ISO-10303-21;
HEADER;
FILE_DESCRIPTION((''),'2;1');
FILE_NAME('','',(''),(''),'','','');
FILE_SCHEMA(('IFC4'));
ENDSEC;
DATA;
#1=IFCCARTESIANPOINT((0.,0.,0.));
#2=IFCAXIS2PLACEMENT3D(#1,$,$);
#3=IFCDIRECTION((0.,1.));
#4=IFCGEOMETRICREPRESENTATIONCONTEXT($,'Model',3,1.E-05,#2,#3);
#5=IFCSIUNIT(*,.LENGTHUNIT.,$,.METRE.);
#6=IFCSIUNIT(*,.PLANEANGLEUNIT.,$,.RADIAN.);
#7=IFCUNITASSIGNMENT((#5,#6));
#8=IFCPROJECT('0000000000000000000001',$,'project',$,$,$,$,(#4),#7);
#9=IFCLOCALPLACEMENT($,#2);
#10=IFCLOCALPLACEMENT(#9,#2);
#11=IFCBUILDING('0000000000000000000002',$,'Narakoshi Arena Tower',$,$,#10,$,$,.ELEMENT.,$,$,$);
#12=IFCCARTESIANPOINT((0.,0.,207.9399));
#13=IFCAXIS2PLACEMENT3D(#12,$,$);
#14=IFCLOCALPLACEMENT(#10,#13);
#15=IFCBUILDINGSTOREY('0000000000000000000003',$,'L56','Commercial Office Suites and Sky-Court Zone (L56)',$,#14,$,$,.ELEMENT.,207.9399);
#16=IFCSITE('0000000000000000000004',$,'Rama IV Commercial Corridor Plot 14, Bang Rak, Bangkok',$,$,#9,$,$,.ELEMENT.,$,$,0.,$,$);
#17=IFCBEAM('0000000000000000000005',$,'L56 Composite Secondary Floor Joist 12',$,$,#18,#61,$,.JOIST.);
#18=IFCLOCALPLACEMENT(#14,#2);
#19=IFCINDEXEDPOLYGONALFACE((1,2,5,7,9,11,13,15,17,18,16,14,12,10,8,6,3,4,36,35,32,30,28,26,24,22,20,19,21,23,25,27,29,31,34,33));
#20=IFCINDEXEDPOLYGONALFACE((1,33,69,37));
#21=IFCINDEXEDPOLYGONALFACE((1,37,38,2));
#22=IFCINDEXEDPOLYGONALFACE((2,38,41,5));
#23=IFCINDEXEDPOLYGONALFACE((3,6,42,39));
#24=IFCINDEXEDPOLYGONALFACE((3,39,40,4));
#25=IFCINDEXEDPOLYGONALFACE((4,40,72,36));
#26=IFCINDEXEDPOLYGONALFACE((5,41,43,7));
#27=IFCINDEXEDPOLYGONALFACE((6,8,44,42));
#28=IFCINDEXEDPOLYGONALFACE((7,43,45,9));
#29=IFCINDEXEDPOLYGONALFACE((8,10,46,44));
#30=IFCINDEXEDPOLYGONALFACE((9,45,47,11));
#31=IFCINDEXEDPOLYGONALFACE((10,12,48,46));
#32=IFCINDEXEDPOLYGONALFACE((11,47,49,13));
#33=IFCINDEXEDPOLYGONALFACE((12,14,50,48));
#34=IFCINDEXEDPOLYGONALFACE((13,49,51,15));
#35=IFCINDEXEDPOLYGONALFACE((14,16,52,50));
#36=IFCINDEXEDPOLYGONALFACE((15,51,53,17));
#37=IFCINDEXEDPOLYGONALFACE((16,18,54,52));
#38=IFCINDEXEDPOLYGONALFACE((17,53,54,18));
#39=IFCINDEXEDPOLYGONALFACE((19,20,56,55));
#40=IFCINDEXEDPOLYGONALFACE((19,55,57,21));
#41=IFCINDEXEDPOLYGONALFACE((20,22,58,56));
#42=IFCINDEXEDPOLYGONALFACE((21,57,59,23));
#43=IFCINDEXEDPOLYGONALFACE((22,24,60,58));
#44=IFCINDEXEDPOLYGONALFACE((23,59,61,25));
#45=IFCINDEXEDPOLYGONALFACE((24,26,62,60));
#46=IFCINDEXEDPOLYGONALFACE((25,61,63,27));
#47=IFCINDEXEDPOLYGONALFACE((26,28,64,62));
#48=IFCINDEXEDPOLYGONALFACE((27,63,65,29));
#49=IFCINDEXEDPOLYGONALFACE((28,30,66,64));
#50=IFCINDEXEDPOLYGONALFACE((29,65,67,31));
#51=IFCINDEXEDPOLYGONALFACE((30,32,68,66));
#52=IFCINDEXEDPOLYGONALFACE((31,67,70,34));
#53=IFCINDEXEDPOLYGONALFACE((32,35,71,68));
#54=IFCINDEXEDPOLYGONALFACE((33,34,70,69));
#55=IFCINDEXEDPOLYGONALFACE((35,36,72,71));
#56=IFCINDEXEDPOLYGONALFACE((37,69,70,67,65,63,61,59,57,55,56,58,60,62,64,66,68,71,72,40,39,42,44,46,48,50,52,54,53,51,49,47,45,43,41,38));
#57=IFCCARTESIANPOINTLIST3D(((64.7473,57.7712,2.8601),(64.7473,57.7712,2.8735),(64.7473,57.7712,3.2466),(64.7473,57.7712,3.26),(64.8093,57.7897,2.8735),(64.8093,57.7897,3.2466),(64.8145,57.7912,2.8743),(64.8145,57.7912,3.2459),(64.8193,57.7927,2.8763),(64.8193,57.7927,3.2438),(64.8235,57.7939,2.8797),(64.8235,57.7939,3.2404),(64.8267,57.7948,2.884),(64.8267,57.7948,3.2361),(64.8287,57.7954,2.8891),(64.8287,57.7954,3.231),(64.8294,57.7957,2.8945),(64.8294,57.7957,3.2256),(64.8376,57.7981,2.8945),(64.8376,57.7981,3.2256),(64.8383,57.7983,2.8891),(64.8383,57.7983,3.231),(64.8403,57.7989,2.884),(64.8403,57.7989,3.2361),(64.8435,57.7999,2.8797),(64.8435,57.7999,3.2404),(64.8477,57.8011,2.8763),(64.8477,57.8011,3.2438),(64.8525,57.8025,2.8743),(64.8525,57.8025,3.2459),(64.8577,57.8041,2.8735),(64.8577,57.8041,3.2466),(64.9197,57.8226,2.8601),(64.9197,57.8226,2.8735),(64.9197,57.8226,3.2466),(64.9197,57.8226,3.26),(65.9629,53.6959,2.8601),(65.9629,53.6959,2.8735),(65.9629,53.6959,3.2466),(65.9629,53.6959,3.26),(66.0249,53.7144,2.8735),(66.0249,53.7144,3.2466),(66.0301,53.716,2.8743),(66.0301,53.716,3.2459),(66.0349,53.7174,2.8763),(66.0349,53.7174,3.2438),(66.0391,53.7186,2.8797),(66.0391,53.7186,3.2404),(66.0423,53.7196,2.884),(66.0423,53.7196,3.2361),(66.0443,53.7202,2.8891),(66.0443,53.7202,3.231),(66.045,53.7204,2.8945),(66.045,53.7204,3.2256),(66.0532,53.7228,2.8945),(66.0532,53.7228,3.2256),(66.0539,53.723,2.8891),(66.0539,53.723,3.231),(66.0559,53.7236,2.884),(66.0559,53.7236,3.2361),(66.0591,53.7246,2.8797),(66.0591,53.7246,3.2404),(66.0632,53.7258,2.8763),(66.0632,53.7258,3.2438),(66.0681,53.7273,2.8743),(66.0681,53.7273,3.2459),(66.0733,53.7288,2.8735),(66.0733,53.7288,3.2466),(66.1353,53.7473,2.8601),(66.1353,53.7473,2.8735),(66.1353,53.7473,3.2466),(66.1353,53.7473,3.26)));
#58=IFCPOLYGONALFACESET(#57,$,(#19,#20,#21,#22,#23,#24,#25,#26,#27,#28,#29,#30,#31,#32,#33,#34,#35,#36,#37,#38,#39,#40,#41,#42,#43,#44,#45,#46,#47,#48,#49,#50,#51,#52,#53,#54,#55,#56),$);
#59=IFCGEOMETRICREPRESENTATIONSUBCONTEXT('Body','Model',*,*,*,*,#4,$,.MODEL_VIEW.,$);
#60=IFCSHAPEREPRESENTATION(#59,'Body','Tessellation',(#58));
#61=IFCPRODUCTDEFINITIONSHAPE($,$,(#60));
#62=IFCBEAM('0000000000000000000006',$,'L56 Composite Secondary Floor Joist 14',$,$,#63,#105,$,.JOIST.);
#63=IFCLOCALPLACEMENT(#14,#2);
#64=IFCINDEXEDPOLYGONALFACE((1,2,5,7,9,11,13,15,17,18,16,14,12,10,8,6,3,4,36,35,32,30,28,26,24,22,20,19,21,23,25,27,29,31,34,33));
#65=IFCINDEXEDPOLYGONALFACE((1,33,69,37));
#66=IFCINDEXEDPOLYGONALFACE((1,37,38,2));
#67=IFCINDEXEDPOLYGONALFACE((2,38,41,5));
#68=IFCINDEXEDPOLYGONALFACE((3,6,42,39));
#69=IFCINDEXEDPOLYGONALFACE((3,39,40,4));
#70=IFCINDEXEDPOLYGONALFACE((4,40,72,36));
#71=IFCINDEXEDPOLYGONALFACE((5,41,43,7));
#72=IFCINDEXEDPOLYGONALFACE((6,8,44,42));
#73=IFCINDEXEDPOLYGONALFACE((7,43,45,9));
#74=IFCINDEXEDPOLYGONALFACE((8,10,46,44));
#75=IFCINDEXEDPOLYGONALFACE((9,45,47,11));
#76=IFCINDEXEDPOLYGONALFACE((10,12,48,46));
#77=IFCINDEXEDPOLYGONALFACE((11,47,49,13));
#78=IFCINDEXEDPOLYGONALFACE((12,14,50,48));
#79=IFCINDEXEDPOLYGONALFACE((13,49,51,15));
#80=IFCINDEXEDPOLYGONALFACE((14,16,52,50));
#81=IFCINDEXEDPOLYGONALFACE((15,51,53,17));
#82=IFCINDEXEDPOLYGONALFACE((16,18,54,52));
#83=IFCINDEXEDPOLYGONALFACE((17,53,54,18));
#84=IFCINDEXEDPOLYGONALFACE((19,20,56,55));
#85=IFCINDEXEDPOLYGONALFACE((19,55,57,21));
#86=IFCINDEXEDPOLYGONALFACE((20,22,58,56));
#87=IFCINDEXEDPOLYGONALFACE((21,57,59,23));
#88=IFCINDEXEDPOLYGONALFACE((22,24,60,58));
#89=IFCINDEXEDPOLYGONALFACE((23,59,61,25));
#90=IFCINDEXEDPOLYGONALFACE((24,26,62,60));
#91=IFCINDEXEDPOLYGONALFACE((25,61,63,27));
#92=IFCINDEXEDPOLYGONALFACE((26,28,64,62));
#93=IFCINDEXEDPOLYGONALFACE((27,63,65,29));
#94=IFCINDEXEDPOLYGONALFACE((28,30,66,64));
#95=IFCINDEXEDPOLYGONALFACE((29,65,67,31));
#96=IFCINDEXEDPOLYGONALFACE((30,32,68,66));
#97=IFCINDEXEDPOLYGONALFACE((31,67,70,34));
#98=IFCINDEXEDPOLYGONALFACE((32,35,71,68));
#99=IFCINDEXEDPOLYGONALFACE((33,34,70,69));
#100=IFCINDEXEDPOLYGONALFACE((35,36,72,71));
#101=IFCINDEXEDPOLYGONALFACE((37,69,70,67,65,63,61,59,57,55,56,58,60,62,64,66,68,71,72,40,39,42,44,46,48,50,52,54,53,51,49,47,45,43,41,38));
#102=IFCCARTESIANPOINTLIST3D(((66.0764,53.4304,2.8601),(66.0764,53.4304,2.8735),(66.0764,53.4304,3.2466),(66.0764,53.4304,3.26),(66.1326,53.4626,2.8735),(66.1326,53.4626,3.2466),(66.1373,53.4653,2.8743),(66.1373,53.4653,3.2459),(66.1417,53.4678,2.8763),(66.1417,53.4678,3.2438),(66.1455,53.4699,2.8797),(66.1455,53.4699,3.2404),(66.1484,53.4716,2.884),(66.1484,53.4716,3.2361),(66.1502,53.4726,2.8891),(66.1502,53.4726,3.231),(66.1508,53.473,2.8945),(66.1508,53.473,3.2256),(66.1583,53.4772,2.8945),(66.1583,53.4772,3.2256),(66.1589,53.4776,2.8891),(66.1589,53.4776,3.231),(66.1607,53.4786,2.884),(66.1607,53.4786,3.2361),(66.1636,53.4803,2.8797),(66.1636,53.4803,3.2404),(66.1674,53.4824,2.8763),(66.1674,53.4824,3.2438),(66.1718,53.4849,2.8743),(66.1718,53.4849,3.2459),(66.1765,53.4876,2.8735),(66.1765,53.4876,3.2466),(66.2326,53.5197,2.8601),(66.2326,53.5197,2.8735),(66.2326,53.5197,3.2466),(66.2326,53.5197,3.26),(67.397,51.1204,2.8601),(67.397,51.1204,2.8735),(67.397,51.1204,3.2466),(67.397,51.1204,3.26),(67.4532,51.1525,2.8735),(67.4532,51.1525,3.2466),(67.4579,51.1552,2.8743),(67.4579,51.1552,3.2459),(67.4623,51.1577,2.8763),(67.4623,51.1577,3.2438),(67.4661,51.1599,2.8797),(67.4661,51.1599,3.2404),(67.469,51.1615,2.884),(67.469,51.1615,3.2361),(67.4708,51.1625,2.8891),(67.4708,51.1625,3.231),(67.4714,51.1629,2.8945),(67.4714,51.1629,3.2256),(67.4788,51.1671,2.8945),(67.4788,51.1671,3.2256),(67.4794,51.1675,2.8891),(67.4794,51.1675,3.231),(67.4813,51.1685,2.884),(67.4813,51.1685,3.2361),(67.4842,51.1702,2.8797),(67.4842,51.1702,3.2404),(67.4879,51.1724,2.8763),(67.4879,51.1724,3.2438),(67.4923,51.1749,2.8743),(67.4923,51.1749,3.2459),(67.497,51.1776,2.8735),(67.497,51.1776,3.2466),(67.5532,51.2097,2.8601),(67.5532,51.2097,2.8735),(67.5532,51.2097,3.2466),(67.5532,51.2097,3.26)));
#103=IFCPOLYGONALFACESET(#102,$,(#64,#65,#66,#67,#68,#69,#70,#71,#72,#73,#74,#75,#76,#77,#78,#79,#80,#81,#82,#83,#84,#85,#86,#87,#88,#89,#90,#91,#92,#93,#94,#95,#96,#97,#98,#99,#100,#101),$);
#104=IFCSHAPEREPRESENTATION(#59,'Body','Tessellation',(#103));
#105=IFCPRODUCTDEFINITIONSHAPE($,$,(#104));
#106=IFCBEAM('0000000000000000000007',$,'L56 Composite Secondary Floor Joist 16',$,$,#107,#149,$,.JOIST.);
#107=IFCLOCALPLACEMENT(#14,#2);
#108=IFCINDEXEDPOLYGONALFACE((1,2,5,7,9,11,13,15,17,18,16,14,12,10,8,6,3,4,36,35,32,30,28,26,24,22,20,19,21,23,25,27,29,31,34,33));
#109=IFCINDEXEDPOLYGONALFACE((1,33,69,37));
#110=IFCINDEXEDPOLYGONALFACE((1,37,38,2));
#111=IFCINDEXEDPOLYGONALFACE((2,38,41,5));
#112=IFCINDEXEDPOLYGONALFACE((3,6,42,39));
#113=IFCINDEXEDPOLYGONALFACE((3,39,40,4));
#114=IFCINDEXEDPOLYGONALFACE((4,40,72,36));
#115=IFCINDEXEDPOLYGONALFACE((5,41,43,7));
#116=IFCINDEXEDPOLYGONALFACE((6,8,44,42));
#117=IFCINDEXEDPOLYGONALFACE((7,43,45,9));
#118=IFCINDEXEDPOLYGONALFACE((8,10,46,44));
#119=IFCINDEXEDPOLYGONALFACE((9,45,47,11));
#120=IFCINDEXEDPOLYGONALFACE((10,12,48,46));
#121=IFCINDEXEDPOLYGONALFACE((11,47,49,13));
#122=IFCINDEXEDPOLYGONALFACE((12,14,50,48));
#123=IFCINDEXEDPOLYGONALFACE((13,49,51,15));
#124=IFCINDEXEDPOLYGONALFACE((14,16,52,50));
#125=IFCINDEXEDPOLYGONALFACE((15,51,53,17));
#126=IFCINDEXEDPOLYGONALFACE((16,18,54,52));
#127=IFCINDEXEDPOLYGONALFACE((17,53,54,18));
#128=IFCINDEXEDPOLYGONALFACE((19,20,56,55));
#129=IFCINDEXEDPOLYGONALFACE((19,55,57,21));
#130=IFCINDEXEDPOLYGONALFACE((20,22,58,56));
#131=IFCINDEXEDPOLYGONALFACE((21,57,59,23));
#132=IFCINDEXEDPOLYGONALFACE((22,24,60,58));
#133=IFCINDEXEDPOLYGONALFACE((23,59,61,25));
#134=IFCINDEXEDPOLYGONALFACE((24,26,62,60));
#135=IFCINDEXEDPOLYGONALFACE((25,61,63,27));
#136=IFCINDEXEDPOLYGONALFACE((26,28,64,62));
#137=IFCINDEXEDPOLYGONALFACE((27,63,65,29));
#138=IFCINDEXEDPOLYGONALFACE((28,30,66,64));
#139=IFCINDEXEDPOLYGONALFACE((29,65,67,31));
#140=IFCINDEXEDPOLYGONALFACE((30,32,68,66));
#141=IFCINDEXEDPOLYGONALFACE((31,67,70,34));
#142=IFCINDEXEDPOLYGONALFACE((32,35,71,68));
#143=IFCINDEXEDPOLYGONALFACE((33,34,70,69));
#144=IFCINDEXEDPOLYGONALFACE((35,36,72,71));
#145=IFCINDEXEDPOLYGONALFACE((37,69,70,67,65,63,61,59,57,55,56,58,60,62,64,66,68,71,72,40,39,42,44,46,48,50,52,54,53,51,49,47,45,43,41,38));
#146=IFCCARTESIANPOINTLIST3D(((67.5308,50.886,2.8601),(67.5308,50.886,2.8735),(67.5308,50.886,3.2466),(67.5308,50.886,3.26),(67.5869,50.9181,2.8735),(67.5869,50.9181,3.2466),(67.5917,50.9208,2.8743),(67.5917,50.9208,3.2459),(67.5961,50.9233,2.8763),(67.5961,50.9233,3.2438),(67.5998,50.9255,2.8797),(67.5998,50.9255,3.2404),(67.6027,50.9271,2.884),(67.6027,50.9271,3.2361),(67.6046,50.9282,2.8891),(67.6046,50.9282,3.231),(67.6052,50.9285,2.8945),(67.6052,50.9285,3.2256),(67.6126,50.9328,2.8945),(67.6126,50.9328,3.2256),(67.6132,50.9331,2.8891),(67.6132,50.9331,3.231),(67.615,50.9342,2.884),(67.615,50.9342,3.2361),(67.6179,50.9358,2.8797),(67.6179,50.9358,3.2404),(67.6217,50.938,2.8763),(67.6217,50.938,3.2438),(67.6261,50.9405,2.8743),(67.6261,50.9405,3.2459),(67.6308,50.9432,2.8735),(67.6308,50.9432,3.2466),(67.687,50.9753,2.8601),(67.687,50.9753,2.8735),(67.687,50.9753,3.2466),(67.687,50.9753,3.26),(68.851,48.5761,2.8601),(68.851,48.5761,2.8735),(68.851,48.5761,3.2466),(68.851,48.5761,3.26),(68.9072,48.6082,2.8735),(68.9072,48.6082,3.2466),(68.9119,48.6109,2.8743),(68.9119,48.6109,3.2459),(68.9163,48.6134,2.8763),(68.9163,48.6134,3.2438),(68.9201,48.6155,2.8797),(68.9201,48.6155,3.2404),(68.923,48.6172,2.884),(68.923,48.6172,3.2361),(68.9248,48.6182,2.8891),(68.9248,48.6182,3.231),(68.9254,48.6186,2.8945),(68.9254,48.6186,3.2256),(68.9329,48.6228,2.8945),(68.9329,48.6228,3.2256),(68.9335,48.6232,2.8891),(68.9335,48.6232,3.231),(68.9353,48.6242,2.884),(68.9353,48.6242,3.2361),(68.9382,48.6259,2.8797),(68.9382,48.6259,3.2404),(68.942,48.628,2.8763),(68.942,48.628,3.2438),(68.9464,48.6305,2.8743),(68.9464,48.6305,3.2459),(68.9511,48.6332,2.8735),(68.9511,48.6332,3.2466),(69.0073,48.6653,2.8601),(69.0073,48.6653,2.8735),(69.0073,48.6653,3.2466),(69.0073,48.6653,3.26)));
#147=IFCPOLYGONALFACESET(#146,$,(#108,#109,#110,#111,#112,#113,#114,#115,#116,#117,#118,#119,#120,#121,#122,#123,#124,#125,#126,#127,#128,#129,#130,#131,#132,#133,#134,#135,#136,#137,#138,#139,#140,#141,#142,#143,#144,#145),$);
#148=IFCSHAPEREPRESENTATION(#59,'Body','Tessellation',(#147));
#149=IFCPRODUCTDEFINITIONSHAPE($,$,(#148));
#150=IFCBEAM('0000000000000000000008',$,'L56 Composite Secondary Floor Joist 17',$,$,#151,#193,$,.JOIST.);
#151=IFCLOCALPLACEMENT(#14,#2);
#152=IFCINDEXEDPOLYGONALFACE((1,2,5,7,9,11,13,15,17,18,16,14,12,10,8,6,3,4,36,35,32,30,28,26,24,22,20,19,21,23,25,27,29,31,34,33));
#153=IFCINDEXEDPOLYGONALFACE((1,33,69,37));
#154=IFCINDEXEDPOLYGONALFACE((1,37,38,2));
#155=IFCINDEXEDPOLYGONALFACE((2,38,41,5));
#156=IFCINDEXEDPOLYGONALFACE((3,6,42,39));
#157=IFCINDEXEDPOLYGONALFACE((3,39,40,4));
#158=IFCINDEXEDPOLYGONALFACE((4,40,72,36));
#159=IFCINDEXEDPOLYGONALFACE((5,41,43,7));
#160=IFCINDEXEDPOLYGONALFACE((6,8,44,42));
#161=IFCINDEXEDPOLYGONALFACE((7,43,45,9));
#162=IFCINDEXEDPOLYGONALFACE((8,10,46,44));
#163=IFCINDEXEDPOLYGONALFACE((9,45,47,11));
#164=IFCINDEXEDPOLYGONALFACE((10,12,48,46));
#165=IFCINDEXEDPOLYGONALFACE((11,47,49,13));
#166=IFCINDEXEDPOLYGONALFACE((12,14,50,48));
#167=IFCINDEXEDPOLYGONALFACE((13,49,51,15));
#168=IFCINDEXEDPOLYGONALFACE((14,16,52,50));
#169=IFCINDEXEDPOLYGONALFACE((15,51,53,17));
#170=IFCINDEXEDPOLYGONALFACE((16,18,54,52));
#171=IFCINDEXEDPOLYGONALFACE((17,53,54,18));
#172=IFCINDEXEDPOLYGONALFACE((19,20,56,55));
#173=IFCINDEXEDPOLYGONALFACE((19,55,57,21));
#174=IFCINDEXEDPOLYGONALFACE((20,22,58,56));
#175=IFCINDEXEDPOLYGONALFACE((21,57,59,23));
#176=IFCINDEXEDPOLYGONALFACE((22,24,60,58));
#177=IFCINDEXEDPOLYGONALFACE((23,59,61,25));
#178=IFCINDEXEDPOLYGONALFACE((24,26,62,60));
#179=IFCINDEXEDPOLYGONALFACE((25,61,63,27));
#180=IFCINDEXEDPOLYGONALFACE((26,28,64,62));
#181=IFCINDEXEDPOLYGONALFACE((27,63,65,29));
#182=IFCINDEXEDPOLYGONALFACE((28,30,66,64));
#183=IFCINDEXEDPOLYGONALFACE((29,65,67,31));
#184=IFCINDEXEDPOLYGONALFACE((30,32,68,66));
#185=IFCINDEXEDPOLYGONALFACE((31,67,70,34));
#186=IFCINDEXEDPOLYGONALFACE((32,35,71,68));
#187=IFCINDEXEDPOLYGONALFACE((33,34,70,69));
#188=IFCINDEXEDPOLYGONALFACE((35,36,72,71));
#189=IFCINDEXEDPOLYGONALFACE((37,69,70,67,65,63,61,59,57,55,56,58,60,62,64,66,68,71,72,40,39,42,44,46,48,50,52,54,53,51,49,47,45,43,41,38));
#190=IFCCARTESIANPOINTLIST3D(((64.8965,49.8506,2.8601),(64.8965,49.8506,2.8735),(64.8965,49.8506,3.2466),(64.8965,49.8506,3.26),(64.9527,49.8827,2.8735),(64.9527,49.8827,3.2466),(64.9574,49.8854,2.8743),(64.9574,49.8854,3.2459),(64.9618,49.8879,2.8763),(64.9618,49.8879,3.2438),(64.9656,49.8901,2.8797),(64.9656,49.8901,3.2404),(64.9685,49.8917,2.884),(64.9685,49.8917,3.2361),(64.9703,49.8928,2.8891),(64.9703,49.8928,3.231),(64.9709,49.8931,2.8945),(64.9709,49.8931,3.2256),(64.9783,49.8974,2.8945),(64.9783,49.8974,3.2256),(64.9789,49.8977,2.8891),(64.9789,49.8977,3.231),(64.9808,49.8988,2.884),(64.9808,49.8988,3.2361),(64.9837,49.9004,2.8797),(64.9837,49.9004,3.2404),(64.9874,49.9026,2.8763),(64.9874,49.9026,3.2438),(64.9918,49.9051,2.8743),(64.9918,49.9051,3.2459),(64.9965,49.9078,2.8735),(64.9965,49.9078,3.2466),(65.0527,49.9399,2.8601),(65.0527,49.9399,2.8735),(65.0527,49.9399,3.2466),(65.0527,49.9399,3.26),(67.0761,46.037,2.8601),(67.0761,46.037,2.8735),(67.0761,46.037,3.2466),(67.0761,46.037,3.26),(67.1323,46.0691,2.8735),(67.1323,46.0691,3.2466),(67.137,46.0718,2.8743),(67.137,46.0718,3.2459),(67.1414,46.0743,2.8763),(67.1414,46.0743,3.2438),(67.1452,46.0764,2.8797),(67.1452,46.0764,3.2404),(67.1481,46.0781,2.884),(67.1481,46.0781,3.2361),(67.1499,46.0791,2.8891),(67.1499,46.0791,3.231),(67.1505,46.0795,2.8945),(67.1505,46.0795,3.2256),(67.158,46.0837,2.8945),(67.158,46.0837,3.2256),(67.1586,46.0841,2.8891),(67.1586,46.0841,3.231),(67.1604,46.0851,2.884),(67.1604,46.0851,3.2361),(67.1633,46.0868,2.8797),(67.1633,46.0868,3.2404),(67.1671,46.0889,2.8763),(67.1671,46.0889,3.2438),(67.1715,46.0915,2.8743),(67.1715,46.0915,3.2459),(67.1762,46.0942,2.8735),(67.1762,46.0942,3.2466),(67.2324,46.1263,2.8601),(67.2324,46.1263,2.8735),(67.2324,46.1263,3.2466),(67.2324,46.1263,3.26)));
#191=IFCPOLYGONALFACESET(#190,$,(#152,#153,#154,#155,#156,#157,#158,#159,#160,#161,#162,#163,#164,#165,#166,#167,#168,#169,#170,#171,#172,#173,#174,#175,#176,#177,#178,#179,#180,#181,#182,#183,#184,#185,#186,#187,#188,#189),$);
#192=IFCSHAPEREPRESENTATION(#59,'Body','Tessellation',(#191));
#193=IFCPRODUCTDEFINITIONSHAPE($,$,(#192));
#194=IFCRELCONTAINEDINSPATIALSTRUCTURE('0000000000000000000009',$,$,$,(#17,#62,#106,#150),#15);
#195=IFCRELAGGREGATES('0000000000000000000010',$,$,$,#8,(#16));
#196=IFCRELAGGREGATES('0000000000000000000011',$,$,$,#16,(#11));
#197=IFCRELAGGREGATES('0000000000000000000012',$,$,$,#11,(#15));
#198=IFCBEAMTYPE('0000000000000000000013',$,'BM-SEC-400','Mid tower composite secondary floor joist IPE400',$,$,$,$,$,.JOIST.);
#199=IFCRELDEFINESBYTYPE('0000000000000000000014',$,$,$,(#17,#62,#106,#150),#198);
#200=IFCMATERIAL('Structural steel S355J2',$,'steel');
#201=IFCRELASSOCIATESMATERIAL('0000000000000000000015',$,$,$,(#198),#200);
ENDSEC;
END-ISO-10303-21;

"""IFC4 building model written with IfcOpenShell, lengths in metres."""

from ifc_helpers import new_model, si_unit, direction, frame, origin, origin_2d, place, context, subcontext, project, spatial, i_section, extrude, material, material_profile, profile_set, type_object, element, save


model = new_model("IFC4")

# Units and contexts
model_context = context("Model", 3, precision=1e-05, world=origin(), true_north=direction((0.0, 1.0)))
body_context = subcontext(model_context, "Body", "Model", "MODEL_VIEW")
ifc_project = project(units=[si_unit("LENGTHUNIT", "METRE"), si_unit("PLANEANGLEUNIT", "RADIAN")], contexts=[model_context])

# Site, building, storey
site_placement = place(None, origin())
site = spatial("IfcSite", under=ifc_project, at=site_placement, Name="Rama IV Commercial Corridor Plot 14, Bang Rak, Bangkok", CompositionType="ELEMENT", RefElevation=0.0)
building_placement = place(site_placement, origin())
building = spatial("IfcBuilding", under=site, at=building_placement, Name="Narakoshi Arena Tower", CompositionType="ELEMENT")
storey_placement = place(building_placement, frame((0.0, 0.0, 207.9399)))
storey = spatial("IfcBuildingStorey", under=building, at=storey_placement, Name="L56", Description="Commercial Office Suites and Sky-Court Zone (L56)", CompositionType="ELEMENT", Elevation=207.9399)

# Beams
ifc_material_1 = material(Name="Structural steel S355J2", Category="steel")
ifc_material_profile_1 = material_profile(ifc_material_1, i_section(OverallWidth=0.1799, OverallDepth=0.3999, WebThickness=0.0085, FlangeThickness=0.0134, FilletRadius=0.021, at=origin_2d()), Name="IPE400")
ifc_profile_set_1 = profile_set([ifc_material_profile_1], Name="Structural steel S355J2")
beam_type_1 = type_object("IfcBeamType", Name="BM-SEC-400", Description="Mid tower composite secondary floor joist IPE400", PredefinedType="JOIST", material=ifc_profile_set_1)
beam_1_placement = place(storey_placement, frame((64.8335, 57.7969, 3.0601), z_axis=(0.285841, -0.958277, 0.0), x_axis=(0.958277, 0.285841, 0.0)))
element("IfcBeam", 1, at=beam_1_placement, inside=storey, type_object=beam_type_1, Name="L56 Composite Secondary Floor Joist 12", PredefinedType="JOIST", context=body_context, shape_type="SweptSolid", body=[
    extrude(i_section(OverallWidth=0.1799, OverallDepth=0.3999, WebThickness=0.0085, FlangeThickness=0.0134, FilletRadius=0.021, at=origin_2d()), origin(), (0.0, 0.0, 1.0), 4.2527),
])
beam_2_placement = place(storey_placement, frame((66.1545, 53.4751, 3.0601), z_axis=(0.496287, -0.868158, 0.0), x_axis=(0.868158, 0.496287, 0.0)))
element("IfcBeam", 2, at=beam_2_placement, inside=storey, type_object=beam_type_1, Name="L56 Composite Secondary Floor Joist 14", PredefinedType="JOIST", context=body_context, shape_type="SweptSolid", body=[
    extrude(i_section(OverallWidth=0.1799, OverallDepth=0.3999, WebThickness=0.0085, FlangeThickness=0.0134, FilletRadius=0.021, at=origin_2d()), origin(), (0.0, 0.0, 1.0), 2.6609),
])
beam_3_placement = place(storey_placement, frame((67.6089, 50.9307, 3.0601), z_axis=(0.496218, -0.868198, 0.0), x_axis=(0.868198, 0.496218, 0.0)))
element("IfcBeam", 3, at=beam_3_placement, inside=storey, type_object=beam_type_1, Name="L56 Composite Secondary Floor Joist 16", PredefinedType="JOIST", context=body_context, shape_type="SweptSolid", body=[
    extrude(i_section(OverallWidth=0.1799, OverallDepth=0.3999, WebThickness=0.0085, FlangeThickness=0.0134, FilletRadius=0.021, at=origin_2d()), origin(), (0.0, 0.0, 1.0), 2.6606),
])
beam_4_placement = place(storey_placement, frame((64.9746, 49.8953, 3.0601), z_axis=(0.496211, -0.868202, 0.0), x_axis=(0.868202, 0.496211, 0.0)))
element("IfcBeam", 4, at=beam_4_placement, inside=storey, type_object=beam_type_1, Name="L56 Composite Secondary Floor Joist 17", PredefinedType="JOIST", context=body_context, shape_type="SweptSolid", body=[
    extrude(i_section(OverallWidth=0.1799, OverallDepth=0.3999, WebThickness=0.0085, FlangeThickness=0.0134, FilletRadius=0.021, at=origin_2d()), origin(), (0.0, 0.0, 1.0), 4.3926),
])

save(model, "model.ifc")
